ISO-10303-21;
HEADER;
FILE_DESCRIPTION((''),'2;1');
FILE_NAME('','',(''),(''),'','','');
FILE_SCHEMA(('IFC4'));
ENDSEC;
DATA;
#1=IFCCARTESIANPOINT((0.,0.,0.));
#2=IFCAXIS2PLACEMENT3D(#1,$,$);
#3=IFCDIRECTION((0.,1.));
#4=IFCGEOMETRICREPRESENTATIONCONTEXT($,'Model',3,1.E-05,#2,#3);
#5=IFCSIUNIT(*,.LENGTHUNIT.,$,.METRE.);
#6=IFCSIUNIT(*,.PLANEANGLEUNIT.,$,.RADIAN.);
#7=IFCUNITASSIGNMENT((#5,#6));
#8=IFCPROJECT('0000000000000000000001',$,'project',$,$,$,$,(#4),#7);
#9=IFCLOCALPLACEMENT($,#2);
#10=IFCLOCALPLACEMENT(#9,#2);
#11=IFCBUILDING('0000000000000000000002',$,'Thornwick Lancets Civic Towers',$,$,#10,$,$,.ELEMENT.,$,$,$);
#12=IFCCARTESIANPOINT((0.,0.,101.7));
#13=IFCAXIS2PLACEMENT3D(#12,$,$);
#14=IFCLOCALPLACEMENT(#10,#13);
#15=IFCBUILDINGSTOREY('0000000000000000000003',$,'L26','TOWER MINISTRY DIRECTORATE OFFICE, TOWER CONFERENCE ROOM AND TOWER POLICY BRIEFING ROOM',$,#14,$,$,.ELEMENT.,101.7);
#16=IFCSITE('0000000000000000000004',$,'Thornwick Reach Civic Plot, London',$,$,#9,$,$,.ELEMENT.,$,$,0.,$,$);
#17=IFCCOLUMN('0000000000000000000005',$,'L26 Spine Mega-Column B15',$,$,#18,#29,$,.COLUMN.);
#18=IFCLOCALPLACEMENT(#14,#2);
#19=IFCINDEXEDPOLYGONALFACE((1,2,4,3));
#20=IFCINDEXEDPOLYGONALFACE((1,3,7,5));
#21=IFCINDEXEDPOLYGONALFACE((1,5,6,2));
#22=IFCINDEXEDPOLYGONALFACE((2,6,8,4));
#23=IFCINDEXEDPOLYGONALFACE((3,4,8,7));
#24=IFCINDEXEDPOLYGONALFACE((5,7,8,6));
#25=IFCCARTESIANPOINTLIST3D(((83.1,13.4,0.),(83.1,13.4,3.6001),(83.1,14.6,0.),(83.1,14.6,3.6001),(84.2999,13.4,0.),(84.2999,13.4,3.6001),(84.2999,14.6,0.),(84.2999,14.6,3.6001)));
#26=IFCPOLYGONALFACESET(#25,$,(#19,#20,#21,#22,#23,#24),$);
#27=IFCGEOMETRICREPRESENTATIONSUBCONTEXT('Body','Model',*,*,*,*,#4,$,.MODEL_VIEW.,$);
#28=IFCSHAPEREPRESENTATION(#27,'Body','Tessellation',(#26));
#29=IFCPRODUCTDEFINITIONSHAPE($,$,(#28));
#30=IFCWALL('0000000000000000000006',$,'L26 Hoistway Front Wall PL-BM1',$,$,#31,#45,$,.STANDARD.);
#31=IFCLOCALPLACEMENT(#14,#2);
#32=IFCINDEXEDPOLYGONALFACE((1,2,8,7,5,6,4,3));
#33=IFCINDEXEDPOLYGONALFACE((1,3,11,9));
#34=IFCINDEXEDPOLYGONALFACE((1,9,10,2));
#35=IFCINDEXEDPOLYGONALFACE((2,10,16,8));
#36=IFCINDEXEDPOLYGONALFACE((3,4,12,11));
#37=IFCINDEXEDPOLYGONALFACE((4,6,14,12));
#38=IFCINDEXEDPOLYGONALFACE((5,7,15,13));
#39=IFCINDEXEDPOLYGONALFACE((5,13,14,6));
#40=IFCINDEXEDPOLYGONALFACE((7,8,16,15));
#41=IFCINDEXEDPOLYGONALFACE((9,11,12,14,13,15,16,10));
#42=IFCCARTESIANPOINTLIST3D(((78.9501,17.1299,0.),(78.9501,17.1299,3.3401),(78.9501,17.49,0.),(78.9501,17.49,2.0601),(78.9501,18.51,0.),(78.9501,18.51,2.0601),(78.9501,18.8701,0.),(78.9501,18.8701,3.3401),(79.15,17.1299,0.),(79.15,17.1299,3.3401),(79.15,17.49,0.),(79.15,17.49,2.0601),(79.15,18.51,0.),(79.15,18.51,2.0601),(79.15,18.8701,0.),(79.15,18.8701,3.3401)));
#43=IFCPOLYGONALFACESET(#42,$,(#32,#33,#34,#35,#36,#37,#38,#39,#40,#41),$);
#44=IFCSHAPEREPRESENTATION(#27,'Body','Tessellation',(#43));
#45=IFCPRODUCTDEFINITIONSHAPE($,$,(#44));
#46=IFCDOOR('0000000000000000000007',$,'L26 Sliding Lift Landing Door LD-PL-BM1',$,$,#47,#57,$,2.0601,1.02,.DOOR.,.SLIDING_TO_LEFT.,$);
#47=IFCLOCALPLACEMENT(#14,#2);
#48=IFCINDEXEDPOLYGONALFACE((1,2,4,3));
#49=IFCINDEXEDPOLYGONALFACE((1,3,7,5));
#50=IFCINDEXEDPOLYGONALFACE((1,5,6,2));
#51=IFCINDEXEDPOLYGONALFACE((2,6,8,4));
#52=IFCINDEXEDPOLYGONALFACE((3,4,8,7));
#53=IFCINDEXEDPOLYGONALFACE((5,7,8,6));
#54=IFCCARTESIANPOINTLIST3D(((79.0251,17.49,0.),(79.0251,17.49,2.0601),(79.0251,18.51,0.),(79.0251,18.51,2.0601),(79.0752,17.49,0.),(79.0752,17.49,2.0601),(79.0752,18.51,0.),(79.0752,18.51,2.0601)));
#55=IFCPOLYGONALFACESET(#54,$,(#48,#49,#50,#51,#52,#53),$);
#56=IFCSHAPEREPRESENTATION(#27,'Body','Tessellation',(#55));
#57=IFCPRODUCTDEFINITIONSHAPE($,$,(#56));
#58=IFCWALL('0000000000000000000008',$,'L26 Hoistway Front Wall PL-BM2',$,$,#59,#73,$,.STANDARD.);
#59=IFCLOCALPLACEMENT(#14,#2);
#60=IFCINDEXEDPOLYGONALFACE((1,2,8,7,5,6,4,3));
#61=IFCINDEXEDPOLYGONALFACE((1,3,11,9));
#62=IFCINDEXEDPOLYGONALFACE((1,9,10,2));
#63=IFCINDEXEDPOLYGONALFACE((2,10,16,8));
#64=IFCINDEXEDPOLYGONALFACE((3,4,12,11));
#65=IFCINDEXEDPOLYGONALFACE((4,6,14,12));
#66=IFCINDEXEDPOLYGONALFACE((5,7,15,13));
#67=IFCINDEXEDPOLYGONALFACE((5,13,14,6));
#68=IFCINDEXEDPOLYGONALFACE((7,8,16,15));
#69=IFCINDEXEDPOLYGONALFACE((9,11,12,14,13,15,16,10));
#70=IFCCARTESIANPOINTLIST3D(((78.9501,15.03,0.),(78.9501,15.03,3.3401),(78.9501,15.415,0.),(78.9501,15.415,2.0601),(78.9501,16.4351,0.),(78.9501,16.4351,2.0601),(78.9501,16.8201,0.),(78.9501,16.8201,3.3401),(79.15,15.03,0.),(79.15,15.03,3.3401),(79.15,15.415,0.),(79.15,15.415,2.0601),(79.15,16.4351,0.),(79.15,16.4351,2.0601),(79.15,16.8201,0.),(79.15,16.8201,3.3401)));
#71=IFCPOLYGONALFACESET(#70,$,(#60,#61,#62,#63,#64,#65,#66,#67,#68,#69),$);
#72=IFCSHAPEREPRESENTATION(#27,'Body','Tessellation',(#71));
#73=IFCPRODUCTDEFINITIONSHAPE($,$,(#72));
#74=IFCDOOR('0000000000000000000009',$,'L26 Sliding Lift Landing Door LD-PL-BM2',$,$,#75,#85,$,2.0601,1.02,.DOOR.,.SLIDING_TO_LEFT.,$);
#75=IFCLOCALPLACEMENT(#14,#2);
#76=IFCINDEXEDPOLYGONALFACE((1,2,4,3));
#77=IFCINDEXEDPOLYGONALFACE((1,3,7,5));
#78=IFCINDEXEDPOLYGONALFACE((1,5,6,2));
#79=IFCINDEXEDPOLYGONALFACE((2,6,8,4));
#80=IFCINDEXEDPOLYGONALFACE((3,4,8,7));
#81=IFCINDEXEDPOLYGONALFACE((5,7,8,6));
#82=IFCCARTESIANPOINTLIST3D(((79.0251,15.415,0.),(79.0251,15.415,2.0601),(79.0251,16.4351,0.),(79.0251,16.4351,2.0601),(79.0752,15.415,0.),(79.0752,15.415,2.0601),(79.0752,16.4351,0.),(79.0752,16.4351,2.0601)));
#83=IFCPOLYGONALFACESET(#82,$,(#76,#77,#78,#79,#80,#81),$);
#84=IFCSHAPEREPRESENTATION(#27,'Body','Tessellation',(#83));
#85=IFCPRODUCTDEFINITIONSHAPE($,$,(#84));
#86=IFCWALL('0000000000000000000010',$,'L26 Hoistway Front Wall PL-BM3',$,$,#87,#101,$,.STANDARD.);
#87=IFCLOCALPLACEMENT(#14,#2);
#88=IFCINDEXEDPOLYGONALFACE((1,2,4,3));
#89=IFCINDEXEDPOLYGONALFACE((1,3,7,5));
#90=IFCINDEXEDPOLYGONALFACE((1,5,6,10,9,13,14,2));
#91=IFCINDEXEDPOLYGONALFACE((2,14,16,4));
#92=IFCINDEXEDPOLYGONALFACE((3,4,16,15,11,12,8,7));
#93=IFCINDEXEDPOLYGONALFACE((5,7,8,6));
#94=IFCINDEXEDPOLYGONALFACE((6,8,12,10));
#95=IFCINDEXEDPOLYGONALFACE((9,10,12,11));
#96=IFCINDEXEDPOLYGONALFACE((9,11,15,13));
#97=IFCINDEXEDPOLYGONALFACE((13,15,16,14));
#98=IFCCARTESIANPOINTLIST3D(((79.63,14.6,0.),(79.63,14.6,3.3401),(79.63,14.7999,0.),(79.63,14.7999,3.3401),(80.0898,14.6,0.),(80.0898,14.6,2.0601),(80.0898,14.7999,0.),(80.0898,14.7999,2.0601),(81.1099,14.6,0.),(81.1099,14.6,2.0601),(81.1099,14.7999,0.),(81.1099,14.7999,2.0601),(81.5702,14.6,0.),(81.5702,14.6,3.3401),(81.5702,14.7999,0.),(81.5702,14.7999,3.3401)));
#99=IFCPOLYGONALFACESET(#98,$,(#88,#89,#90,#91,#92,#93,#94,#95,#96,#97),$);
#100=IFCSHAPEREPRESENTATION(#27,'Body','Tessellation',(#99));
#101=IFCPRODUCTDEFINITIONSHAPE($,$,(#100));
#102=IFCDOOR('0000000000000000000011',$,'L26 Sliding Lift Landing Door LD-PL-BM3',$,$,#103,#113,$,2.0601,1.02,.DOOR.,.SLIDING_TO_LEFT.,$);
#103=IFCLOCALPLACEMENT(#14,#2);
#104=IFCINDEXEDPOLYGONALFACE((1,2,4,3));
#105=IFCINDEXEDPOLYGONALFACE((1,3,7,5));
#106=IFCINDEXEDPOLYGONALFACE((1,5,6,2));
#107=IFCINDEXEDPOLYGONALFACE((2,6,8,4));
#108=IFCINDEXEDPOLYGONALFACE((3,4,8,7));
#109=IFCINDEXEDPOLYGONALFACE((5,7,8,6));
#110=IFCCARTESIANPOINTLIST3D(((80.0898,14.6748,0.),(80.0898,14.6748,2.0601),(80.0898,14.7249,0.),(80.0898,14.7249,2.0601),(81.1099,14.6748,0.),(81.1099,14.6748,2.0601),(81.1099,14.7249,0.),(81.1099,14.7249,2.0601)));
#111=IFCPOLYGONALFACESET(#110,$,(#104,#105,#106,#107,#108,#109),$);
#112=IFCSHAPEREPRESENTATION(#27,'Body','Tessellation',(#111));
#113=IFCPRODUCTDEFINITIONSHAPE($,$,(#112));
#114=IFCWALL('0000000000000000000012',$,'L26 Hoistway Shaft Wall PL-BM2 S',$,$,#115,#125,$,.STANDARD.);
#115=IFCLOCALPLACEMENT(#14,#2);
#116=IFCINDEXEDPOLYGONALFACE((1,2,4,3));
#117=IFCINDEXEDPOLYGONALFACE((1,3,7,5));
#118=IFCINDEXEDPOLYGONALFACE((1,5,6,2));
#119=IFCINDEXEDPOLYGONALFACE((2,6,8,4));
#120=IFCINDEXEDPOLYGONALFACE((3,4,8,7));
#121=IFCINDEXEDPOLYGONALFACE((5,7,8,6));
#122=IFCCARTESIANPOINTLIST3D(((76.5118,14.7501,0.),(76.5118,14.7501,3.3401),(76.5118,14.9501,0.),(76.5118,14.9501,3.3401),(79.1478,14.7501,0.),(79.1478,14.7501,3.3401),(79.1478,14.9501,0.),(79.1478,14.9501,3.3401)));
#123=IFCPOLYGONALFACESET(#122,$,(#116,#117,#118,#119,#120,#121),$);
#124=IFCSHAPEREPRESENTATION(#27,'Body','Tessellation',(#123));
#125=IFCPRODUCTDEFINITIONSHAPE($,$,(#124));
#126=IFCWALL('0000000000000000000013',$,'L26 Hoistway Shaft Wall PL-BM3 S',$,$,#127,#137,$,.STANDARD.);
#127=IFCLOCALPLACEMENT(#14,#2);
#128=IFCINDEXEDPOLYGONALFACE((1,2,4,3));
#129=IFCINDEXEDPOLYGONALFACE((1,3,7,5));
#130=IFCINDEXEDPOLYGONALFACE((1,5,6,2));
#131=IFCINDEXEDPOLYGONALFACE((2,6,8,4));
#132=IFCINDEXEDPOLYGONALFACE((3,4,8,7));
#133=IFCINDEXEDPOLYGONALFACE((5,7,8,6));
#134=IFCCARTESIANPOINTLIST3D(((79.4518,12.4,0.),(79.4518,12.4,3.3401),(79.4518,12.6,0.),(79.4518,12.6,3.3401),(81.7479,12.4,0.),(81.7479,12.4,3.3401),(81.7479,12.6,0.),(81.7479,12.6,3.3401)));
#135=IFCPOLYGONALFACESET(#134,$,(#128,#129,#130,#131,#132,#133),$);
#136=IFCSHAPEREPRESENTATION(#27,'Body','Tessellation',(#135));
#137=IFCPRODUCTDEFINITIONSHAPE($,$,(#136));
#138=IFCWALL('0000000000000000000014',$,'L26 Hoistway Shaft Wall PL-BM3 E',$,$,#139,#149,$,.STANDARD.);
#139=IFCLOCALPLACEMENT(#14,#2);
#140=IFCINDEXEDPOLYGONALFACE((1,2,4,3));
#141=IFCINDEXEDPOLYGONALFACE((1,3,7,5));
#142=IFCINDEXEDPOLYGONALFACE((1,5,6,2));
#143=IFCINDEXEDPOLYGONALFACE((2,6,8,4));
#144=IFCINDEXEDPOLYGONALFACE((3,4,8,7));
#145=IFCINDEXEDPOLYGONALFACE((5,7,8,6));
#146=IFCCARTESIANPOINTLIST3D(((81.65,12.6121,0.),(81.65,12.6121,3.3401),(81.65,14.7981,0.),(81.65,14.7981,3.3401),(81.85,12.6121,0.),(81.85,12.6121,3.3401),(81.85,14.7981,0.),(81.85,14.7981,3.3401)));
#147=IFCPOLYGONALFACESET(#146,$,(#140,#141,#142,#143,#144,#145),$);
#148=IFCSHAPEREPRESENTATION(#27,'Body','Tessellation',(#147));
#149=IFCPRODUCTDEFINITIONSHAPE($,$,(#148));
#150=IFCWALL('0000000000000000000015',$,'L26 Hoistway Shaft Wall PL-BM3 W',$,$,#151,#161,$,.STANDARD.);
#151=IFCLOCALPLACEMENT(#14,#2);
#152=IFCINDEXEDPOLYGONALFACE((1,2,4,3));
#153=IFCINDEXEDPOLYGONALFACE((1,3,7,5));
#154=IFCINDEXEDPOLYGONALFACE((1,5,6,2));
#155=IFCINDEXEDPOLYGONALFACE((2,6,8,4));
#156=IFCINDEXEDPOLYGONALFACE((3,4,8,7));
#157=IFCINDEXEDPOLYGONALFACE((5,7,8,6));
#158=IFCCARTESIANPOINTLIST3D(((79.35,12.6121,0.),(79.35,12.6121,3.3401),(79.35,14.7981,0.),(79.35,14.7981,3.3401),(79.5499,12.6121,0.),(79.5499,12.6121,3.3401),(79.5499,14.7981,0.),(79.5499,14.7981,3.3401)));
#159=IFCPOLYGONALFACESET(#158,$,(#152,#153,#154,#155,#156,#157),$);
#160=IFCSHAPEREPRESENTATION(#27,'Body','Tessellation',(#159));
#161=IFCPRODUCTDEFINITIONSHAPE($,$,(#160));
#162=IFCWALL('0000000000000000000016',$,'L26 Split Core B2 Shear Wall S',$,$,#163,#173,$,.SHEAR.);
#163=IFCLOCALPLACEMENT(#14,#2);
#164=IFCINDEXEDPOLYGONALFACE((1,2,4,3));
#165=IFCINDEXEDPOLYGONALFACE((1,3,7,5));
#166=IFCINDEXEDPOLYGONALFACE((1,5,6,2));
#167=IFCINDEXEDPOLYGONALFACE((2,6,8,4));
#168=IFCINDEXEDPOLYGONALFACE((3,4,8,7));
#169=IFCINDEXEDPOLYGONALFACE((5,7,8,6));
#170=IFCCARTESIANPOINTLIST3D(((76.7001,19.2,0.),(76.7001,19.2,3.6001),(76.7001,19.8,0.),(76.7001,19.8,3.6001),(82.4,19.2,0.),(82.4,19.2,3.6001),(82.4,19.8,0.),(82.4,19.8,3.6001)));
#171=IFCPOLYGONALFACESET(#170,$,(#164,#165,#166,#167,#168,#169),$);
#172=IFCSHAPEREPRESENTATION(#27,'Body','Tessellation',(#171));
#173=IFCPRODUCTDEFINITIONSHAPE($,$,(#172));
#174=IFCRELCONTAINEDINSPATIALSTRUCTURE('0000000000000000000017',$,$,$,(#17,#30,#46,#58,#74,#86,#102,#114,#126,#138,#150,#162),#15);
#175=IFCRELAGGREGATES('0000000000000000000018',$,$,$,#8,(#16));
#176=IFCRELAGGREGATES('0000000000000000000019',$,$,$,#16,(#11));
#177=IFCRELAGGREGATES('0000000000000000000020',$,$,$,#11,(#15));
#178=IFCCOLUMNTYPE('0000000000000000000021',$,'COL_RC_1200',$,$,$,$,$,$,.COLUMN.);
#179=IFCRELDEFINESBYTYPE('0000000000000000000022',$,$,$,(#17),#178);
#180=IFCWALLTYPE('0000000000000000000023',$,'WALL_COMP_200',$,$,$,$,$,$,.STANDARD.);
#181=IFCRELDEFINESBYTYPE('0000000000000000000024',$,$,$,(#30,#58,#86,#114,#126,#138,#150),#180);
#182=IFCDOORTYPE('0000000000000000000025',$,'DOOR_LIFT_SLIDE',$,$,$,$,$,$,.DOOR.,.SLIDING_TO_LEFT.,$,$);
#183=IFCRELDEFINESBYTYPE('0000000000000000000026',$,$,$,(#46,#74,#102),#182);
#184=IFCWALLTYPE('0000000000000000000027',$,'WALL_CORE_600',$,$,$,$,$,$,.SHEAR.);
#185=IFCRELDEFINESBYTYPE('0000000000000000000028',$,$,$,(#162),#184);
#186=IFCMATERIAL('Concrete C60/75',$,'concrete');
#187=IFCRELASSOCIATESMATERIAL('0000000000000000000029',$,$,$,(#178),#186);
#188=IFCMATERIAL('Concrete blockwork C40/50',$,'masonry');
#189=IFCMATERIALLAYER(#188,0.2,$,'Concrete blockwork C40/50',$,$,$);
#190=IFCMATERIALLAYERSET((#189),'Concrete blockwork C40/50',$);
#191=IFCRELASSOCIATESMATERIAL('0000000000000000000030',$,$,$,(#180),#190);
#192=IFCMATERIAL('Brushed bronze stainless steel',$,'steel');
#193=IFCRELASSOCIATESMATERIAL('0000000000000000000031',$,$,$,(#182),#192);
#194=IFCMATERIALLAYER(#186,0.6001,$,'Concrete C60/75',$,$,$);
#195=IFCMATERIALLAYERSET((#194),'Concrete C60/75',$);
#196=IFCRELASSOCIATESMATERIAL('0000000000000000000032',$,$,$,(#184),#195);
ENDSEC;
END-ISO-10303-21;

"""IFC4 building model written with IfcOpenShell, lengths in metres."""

from ifc_helpers import new_model, si_unit, direction, frame, frame_2d, origin, origin_2d, place, context, subcontext, project, spatial, rectangle, extrude, material, layer, layer_set, material_profile, profile_set, type_object, element, fill, save


model = new_model("IFC4")

# Units and contexts
model_context = context("Model", 3, precision=1e-05, world=origin(), true_north=direction((0.0, 1.0)))
body_context = subcontext(model_context, "Body", "Model", "MODEL_VIEW")
ifc_project = project(units=[si_unit("LENGTHUNIT", "METRE"), si_unit("PLANEANGLEUNIT", "RADIAN")], contexts=[model_context])

# Site, building, storey
site_placement = place(None, origin())
site = spatial("IfcSite", under=ifc_project, at=site_placement, Name="Thornwick Reach Civic Plot, London", CompositionType="ELEMENT", RefElevation=0.0)
building_placement = place(site_placement, origin())
building = spatial("IfcBuilding", under=site, at=building_placement, Name="Thornwick Lancets Civic Towers", CompositionType="ELEMENT")
storey_placement = place(building_placement, frame((0.0, 0.0, 101.7)))
storey = spatial("IfcBuildingStorey", under=building, at=storey_placement, Name="L26", Description="TOWER MINISTRY DIRECTORATE OFFICE, TOWER CONFERENCE ROOM AND TOWER POLICY BRIEFING ROOM", CompositionType="ELEMENT", Elevation=101.7)

# Column
ifc_material_1 = material(Name="Concrete C60/75", Category="concrete")
ifc_material_profile = material_profile(ifc_material_1, rectangle(XDim=1.2, YDim=1.2, at=origin_2d()), Name="RC 1200x1200")
ifc_profile_set = profile_set([ifc_material_profile], Name="Concrete C60/75")
column_type = type_object("IfcColumnType", Name="COL_RC_1200", PredefinedType="COLUMN", material=ifc_profile_set)
column_placement = place(storey_placement, frame((83.7, 14.0, 0.0), z_axis=(0.0, 0.0, 1.0), x_axis=(1.0, 0.0, 0.0)))
element("IfcColumn", 1, at=column_placement, inside=storey, type_object=column_type, Name="L26 Spine Mega-Column B15", PredefinedType="COLUMN", context=body_context, shape_type="SweptSolid", body=[
    extrude(rectangle(XDim=1.2, YDim=1.2, at=origin_2d()), origin(), (0.0, 0.0, 1.0), 3.6001),
])

# Walls, openings, doors
ifc_material_2 = material(Name="Concrete blockwork C40/50", Category="masonry")
ifc_layer_1 = layer(ifc_material_2, 0.2, Name="Concrete blockwork C40/50")
ifc_layer_set_1 = layer_set([ifc_layer_1], Name="Concrete blockwork C40/50")
wall_type_1 = type_object("IfcWallType", Name="WALL_COMP_200", PredefinedType="STANDARD", material=ifc_layer_set_1)
wall_1_placement = place(storey_placement, frame((79.05, 17.1299, 0.0), z_axis=(0.0, 0.0, 1.0), x_axis=(0.0, 1.0, 0.0)))
wall_1 = element("IfcWall", 2, at=wall_1_placement, inside=storey, type_object=wall_type_1, Name="L26 Hoistway Front Wall PL-BM1", PredefinedType="STANDARD", context=body_context, shape_type="SweptSolid", body=[
    extrude(rectangle(XDim=1.7402, YDim=0.2, at=frame_2d((0.8701, 0.0))), origin(), (0.0, 0.0, 1.0), 3.3401),
])
opening_1_placement = place(wall_1_placement, frame((0.3601, 0.0, 0.0)))
opening_1 = element("IfcOpeningElement", 3, at=opening_1_placement, cuts=wall_1, PredefinedType="OPENING", context=body_context, shape_type="SweptSolid", body=[
    extrude(rectangle(XDim=1.02, YDim=2.0601, at=frame_2d((0.51, 1.03))), frame((0.0, 0.1099, 0.0), z_axis=(0.0, -1.0, 0.0), x_axis=(1.0, 0.0, 0.0)), (0.0, 0.0, 1.0), 0.22),
])
ifc_material_3 = material(Name="Brushed bronze stainless steel", Category="steel")
door_type_1 = type_object("IfcDoorType", Name="DOOR_LIFT_SLIDE", OperationType="SLIDING_TO_LEFT", PredefinedType="DOOR", material=ifc_material_3)
door_1_placement = place(opening_1_placement, origin())
door_1 = element("IfcDoor", 4, at=door_1_placement, inside=storey, type_object=door_type_1, Name="L26 Sliding Lift Landing Door LD-PL-BM1", OperationType="SLIDING_TO_LEFT", OverallHeight=2.0601, OverallWidth=1.02, PredefinedType="DOOR", context=body_context, shape_type="SweptSolid", body=[
    extrude(rectangle(XDim=1.02, YDim=2.0601, at=frame_2d((0.51, 1.03))), frame((0.0, 0.0249, 0.0), z_axis=(0.0, -1.0, 0.0), x_axis=(1.0, 0.0, 0.0)), (0.0, 0.0, 1.0), 0.05),
])
fill(opening_1, door_1)
wall_2_placement = place(storey_placement, frame((79.05, 15.03, 0.0), z_axis=(0.0, 0.0, 1.0), x_axis=(0.0, 1.0, 0.0)))
wall_2 = element("IfcWall", 5, at=wall_2_placement, inside=storey, type_object=wall_type_1, Name="L26 Hoistway Front Wall PL-BM2", PredefinedType="STANDARD", context=body_context, shape_type="SweptSolid", body=[
    extrude(rectangle(XDim=1.79, YDim=0.2, at=frame_2d((0.895, 0.0))), origin(), (0.0, 0.0, 1.0), 3.3401),
])
opening_2_placement = place(wall_2_placement, frame((0.385, 0.0, 0.0)))
opening_2 = element("IfcOpeningElement", 6, at=opening_2_placement, cuts=wall_2, PredefinedType="OPENING", context=body_context, shape_type="SweptSolid", body=[
    extrude(rectangle(XDim=1.02, YDim=2.0601, at=frame_2d((0.51, 1.03))), frame((0.0, 0.1099, 0.0), z_axis=(0.0, -1.0, 0.0), x_axis=(1.0, 0.0, 0.0)), (0.0, 0.0, 1.0), 0.22),
])
door_2_placement = place(opening_2_placement, origin())
door_2 = element("IfcDoor", 7, at=door_2_placement, inside=storey, type_object=door_type_1, Name="L26 Sliding Lift Landing Door LD-PL-BM2", OperationType="SLIDING_TO_LEFT", OverallHeight=2.0601, OverallWidth=1.02, PredefinedType="DOOR", context=body_context, shape_type="SweptSolid", body=[
    extrude(rectangle(XDim=1.02, YDim=2.0601, at=frame_2d((0.51, 1.03))), frame((0.0, 0.0249, 0.0), z_axis=(0.0, -1.0, 0.0), x_axis=(1.0, 0.0, 0.0)), (0.0, 0.0, 1.0), 0.05),
])
fill(opening_2, door_2)
wall_3_placement = place(storey_placement, frame((79.6299, 14.7, 0.0), z_axis=(0.0, 0.0, 1.0), x_axis=(1.0, 0.0, 0.0)))
wall_3 = element("IfcWall", 8, at=wall_3_placement, inside=storey, type_object=wall_type_1, Name="L26 Hoistway Front Wall PL-BM3", PredefinedType="STANDARD", context=body_context, shape_type="SweptSolid", body=[
    extrude(rectangle(XDim=1.9402, YDim=0.2, at=frame_2d((0.9702, 0.0))), origin(), (0.0, 0.0, 1.0), 3.3401),
])
opening_3_placement = place(wall_3_placement, frame((0.46, 0.0, 0.0)))
opening_3 = element("IfcOpeningElement", 9, at=opening_3_placement, cuts=wall_3, PredefinedType="OPENING", context=body_context, shape_type="SweptSolid", body=[
    extrude(rectangle(XDim=1.02, YDim=2.0601, at=frame_2d((0.51, 1.03))), frame((0.0, 0.1099, 0.0), z_axis=(0.0, -1.0, 0.0), x_axis=(1.0, 0.0, 0.0)), (0.0, 0.0, 1.0), 0.22),
])
door_3_placement = place(opening_3_placement, origin())
door_3 = element("IfcDoor", 10, at=door_3_placement, inside=storey, type_object=door_type_1, Name="L26 Sliding Lift Landing Door LD-PL-BM3", OperationType="SLIDING_TO_LEFT", OverallHeight=2.0601, OverallWidth=1.02, PredefinedType="DOOR", context=body_context, shape_type="SweptSolid", body=[
    extrude(rectangle(XDim=1.02, YDim=2.0601, at=frame_2d((0.51, 1.03))), frame((0.0, 0.0249, 0.0), z_axis=(0.0, -1.0, 0.0), x_axis=(1.0, 0.0, 0.0)), (0.0, 0.0, 1.0), 0.05),
])
fill(opening_3, door_3)

# Walls
wall_4_placement = place(storey_placement, frame((76.512, 14.8501, 0.0), z_axis=(0.0, 0.0, 1.0), x_axis=(1.0, 0.0, 0.0)))
element("IfcWall", 11, at=wall_4_placement, inside=storey, type_object=wall_type_1, Name="L26 Hoistway Shaft Wall PL-BM2 S", PredefinedType="STANDARD", context=body_context, shape_type="SweptSolid", body=[
    extrude(rectangle(XDim=2.636, YDim=0.2, at=frame_2d((1.3179, 0.0))), origin(), (0.0, 0.0, 1.0), 3.3401),
])
wall_5_placement = place(storey_placement, frame((79.4519, 12.5, 0.0), z_axis=(0.0, 0.0, 1.0), x_axis=(1.0, 0.0, 0.0)))
element("IfcWall", 12, at=wall_5_placement, inside=storey, type_object=wall_type_1, Name="L26 Hoistway Shaft Wall PL-BM3 S", PredefinedType="STANDARD", context=body_context, shape_type="SweptSolid", body=[
    extrude(rectangle(XDim=2.2961, YDim=0.2, at=frame_2d((1.1479, 0.0))), origin(), (0.0, 0.0, 1.0), 3.3401),
])
for number, where, z_axis, x_axis, name in (
    (13, (81.75, 12.6121, 0.0), (0.0, 0.0, 1.0), (0.0, 1.0, 0.0), "L26 Hoistway Shaft Wall PL-BM3 E"),
    (14, (79.45, 12.6121, 0.0), (0.0, 0.0, 1.0), (0.0, 1.0, 0.0), "L26 Hoistway Shaft Wall PL-BM3 W"),
):
    element("IfcWall", number, at=place(storey_placement, frame(where, z_axis=z_axis, x_axis=x_axis)), inside=storey, type_object=wall_type_1, Name=name, PredefinedType="STANDARD", context=body_context, shape_type="SweptSolid", body=[
        extrude(rectangle(XDim=2.186, YDim=0.2, at=frame_2d((1.093, 0.0))), origin(), (0.0, 0.0, 1.0), 3.3401),
    ])
ifc_layer_2 = layer(ifc_material_1, 0.6001, Name="Concrete C60/75")
ifc_layer_set_2 = layer_set([ifc_layer_2], Name="Concrete C60/75")
wall_type_2 = type_object("IfcWallType", Name="WALL_CORE_600", PredefinedType="SHEAR", material=ifc_layer_set_2)
wall_6_placement = place(storey_placement, frame((76.7, 19.5, 0.0), z_axis=(0.0, 0.0, 1.0), x_axis=(1.0, 0.0, 0.0)))
element("IfcWall", 15, at=wall_6_placement, inside=storey, type_object=wall_type_2, Name="L26 Split Core B2 Shear Wall S", PredefinedType="SHEAR", context=body_context, shape_type="SweptSolid", body=[
    extrude(rectangle(XDim=5.7, YDim=0.6001, at=frame_2d((2.8501, 0.0))), origin(), (0.0, 0.0, 1.0), 3.6001),
])

save(model, "model.ifc")
